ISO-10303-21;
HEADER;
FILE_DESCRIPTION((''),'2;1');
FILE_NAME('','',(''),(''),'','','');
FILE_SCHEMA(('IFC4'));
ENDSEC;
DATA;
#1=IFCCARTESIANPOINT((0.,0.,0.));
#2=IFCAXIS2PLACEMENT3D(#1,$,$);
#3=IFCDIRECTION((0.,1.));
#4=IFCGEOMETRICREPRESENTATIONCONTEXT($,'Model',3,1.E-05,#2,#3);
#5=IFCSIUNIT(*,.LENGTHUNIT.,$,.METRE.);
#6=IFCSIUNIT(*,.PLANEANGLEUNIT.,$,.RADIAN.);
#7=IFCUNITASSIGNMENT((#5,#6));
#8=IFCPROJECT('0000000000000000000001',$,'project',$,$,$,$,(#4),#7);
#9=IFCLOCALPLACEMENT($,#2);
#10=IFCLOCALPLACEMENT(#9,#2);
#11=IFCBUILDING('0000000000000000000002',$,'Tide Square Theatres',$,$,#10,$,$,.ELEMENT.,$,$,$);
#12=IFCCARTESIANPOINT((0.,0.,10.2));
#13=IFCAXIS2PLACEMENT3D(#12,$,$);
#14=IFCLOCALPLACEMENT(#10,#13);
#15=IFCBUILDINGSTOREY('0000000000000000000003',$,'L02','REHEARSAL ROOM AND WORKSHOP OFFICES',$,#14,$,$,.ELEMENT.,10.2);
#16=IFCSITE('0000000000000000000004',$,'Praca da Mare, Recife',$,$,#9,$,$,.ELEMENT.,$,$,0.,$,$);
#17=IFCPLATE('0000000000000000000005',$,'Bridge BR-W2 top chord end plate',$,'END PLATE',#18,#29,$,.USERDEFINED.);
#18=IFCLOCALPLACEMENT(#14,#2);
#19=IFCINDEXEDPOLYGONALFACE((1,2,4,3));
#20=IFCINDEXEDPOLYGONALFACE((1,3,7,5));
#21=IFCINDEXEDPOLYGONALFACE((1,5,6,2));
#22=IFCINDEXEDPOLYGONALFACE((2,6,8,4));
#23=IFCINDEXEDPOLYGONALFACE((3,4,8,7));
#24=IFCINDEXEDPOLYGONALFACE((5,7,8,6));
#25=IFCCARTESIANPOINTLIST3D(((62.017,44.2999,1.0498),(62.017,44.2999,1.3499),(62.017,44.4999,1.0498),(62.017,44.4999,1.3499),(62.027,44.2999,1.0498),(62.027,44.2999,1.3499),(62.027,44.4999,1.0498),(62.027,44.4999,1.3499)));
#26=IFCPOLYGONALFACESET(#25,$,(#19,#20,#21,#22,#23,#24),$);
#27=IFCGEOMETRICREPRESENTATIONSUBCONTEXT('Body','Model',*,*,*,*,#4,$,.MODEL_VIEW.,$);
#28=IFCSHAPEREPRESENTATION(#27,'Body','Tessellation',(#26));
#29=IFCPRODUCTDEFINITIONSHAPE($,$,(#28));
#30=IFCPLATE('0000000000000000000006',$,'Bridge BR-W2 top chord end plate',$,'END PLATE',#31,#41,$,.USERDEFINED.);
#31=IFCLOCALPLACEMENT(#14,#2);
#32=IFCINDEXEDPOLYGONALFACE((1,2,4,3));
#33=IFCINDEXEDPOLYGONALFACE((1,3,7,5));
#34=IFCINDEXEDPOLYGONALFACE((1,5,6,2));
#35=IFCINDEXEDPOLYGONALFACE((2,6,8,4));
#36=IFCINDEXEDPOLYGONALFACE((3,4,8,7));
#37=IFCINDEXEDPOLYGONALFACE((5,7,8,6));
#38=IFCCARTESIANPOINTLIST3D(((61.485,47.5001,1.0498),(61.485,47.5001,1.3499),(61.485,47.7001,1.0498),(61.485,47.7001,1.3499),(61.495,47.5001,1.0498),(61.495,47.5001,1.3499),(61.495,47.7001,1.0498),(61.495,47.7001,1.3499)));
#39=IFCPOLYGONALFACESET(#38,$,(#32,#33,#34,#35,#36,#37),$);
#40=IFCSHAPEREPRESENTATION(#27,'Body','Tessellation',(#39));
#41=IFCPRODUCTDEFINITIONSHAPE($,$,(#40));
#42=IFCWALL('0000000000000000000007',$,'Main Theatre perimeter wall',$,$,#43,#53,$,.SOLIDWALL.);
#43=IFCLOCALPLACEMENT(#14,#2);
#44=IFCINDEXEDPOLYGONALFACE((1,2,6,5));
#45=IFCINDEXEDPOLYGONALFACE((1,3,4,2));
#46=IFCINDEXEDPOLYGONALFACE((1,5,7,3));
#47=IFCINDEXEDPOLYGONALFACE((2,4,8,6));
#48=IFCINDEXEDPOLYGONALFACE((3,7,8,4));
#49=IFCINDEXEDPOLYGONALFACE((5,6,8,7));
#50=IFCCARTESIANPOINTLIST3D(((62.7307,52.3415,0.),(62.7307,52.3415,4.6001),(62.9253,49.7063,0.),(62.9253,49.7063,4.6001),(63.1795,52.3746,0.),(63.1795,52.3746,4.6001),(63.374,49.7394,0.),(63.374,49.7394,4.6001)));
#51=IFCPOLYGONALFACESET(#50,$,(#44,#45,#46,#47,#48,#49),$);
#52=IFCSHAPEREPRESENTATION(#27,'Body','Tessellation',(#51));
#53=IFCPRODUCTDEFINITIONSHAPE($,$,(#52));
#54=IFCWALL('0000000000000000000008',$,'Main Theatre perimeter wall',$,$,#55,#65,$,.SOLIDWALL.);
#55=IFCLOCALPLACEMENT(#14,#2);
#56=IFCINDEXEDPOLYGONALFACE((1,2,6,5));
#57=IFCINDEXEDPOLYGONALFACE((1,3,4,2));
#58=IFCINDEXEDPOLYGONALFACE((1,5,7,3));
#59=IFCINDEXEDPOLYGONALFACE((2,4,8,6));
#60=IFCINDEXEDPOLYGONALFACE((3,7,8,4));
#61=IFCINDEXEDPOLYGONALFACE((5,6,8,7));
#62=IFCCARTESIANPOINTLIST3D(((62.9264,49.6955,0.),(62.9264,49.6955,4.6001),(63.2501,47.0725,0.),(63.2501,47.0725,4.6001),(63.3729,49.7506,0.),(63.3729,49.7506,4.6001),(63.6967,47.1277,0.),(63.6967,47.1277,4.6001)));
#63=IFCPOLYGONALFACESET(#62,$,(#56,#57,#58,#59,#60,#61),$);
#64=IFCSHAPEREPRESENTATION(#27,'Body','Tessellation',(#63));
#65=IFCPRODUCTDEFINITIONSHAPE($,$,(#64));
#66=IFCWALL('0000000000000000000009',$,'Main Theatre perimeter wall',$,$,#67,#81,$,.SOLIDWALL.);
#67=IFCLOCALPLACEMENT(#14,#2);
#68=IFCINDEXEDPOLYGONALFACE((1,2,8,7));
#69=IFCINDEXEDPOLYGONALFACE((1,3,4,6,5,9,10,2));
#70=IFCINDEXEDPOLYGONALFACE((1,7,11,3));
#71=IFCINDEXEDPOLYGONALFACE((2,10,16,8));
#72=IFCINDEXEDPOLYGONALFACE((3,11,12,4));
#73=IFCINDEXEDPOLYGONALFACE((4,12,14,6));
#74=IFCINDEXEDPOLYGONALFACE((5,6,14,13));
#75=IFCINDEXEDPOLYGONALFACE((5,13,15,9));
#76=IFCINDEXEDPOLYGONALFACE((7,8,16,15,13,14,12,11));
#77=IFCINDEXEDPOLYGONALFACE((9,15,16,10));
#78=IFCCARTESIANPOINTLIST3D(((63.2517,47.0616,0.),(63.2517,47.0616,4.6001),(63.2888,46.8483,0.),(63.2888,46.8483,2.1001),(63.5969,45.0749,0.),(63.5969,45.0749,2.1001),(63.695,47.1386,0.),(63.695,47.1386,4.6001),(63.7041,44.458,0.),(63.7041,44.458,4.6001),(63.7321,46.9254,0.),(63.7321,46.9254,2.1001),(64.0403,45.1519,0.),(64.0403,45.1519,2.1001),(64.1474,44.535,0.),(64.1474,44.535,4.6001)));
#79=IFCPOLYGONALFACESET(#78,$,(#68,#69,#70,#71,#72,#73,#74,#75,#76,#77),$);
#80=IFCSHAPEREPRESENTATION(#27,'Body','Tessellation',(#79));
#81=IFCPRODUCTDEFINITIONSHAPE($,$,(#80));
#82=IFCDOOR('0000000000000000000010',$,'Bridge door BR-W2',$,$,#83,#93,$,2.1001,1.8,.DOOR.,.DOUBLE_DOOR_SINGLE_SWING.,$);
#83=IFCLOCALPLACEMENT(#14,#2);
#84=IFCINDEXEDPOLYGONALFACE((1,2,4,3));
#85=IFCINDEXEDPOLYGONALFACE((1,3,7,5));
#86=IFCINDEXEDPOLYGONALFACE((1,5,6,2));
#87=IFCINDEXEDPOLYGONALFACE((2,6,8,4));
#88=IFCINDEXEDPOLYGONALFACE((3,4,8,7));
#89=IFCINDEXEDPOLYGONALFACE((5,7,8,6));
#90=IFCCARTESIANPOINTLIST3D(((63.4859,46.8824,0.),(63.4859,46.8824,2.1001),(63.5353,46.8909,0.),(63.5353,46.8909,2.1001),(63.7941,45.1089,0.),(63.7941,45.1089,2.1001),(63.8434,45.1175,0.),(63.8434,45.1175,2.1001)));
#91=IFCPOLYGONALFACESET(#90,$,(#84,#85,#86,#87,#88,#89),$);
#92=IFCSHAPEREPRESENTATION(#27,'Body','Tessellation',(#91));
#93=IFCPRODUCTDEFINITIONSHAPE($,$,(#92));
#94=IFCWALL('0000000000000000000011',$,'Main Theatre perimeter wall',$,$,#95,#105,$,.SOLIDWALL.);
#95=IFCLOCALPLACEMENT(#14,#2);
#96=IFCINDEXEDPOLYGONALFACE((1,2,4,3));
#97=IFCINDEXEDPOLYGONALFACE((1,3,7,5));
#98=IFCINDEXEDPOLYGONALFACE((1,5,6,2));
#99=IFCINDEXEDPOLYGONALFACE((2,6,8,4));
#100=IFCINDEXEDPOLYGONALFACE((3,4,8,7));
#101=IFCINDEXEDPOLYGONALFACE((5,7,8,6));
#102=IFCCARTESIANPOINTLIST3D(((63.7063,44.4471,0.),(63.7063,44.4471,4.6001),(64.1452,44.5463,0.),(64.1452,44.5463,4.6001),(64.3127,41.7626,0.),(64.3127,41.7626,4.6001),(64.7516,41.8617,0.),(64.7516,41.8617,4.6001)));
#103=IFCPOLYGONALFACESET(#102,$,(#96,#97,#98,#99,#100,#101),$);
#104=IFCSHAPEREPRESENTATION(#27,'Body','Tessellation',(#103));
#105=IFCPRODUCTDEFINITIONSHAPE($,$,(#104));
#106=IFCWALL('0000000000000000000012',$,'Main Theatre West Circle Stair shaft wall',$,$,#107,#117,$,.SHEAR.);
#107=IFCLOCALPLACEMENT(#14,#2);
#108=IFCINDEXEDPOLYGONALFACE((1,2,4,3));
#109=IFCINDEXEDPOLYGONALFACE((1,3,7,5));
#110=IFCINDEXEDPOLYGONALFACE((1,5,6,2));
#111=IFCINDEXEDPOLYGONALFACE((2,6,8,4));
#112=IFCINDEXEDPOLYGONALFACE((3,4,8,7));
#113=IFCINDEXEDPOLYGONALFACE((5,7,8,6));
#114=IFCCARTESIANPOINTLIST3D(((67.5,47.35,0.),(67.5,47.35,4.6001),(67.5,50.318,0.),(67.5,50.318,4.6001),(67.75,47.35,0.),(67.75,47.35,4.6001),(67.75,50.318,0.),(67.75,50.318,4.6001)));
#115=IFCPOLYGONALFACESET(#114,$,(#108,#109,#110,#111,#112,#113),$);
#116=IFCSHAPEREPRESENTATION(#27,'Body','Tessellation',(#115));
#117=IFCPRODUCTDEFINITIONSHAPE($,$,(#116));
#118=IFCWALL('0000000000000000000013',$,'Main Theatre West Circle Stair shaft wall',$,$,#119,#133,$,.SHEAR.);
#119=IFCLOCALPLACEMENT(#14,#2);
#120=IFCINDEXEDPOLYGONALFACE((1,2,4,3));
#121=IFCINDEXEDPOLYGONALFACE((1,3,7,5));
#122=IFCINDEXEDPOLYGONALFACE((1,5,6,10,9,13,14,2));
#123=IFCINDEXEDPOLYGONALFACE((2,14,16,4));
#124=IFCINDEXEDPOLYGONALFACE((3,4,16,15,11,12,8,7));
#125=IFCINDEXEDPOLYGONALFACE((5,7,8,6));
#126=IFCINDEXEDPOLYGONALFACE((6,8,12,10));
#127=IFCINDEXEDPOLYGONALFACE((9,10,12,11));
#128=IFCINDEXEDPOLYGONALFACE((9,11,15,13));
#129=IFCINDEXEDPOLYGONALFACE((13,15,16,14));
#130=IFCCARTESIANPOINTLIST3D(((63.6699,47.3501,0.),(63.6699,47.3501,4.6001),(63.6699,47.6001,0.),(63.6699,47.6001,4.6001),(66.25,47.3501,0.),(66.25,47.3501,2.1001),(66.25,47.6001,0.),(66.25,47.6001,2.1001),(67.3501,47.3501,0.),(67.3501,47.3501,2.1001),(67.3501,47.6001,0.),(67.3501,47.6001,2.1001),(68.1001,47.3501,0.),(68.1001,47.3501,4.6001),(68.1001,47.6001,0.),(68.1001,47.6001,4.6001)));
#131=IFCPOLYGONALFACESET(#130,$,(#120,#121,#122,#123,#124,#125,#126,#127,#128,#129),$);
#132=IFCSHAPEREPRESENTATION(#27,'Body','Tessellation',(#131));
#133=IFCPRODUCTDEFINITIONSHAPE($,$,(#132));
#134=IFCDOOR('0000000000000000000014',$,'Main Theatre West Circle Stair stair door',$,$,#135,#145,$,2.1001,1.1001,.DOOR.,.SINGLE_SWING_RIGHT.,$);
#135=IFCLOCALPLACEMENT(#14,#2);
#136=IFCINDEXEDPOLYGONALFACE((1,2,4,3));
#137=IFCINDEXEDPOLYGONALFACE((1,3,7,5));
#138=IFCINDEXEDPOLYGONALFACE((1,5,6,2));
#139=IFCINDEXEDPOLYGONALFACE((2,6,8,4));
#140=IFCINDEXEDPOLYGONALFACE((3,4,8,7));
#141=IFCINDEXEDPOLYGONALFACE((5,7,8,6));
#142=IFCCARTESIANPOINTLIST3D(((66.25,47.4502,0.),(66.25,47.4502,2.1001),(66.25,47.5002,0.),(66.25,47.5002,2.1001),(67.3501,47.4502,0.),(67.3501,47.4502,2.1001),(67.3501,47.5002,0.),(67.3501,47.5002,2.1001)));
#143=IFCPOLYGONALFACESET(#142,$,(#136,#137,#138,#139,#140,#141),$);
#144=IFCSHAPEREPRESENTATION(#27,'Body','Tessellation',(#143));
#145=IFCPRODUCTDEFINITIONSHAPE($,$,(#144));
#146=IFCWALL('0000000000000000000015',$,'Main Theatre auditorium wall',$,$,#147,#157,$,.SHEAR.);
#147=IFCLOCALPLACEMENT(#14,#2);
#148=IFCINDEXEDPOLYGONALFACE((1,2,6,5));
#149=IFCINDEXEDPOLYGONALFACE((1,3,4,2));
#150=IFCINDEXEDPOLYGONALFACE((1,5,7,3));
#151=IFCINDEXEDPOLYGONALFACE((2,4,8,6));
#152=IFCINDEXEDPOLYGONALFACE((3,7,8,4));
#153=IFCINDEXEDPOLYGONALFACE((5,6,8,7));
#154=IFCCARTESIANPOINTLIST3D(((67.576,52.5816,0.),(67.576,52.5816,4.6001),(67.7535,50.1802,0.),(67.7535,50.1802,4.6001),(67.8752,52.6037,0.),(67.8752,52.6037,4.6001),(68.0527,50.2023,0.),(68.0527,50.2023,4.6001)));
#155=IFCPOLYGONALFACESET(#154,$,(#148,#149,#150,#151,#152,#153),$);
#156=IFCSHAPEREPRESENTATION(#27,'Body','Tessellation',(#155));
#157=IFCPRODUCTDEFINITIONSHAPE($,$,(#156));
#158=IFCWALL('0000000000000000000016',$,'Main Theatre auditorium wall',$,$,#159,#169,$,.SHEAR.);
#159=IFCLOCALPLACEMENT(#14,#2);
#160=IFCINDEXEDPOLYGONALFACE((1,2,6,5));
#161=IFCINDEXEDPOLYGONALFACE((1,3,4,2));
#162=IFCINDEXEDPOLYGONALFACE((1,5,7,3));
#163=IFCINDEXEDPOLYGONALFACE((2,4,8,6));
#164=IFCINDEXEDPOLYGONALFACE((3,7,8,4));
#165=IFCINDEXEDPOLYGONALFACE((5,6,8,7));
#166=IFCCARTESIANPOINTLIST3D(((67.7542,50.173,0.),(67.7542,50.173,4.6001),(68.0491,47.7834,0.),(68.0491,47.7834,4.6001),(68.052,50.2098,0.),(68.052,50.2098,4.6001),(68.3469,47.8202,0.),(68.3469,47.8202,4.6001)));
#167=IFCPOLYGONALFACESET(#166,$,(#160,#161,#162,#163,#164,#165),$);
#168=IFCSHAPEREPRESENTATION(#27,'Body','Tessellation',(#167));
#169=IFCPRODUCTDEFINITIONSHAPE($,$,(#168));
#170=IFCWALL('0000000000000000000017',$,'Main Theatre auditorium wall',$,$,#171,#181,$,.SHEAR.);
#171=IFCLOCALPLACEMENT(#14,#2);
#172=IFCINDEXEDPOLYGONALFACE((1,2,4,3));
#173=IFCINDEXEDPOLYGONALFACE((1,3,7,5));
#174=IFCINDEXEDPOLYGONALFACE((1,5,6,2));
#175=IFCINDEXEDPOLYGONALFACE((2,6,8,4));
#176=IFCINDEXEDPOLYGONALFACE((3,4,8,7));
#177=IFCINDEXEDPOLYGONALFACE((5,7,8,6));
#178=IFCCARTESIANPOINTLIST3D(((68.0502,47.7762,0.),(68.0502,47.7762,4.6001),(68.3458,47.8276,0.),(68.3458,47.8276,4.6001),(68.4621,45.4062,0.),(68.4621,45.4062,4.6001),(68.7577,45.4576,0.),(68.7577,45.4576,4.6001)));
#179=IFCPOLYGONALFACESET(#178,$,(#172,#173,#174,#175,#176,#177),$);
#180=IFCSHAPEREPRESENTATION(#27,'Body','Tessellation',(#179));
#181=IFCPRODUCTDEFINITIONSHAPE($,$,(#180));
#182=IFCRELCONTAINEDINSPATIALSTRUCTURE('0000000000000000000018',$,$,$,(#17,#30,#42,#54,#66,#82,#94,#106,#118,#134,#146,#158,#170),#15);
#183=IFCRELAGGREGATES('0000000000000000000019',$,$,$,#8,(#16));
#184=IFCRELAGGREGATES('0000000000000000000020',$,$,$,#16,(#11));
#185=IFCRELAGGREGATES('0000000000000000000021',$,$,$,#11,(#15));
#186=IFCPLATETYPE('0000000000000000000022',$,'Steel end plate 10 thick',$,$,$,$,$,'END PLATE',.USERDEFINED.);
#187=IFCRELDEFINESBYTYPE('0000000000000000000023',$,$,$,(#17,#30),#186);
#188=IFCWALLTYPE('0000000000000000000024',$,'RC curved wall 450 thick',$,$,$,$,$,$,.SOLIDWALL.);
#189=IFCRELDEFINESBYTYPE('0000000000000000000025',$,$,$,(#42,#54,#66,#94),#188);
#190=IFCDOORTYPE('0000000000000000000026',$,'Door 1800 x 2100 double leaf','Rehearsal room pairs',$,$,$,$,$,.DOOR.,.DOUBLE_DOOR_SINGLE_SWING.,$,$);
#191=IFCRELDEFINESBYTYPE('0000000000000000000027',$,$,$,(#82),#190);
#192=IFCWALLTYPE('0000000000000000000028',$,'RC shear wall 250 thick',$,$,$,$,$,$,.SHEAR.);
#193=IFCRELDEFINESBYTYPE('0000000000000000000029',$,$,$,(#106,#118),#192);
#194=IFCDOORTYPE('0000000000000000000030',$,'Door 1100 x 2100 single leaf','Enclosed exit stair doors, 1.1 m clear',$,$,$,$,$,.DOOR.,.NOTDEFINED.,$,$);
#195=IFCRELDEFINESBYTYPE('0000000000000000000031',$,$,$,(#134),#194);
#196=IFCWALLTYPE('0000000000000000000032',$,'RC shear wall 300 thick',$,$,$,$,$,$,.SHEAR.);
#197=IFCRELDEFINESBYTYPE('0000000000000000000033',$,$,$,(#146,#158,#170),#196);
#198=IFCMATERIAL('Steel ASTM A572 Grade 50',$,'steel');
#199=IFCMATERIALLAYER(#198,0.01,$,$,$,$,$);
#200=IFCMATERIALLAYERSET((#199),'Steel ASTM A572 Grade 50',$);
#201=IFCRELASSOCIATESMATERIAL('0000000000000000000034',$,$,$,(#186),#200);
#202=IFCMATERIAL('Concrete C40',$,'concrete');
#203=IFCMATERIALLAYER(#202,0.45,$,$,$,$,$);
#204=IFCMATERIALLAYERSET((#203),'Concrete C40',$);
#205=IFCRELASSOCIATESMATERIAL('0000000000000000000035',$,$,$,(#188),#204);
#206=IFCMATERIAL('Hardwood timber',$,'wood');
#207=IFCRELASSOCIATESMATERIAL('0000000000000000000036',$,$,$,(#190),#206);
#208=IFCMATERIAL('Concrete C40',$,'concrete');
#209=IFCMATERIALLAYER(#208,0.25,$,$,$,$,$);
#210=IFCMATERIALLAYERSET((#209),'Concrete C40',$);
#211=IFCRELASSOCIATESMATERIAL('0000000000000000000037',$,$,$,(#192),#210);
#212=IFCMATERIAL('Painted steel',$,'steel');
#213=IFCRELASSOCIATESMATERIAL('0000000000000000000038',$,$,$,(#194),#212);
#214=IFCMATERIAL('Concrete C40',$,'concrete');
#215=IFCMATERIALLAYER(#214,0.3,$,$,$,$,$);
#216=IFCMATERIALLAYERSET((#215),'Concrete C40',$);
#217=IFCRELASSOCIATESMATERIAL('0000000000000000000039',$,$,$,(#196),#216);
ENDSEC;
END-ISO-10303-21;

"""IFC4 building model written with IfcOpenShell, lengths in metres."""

from ifc_helpers import new_model, si_unit, direction, frame, frame_2d, origin, origin_2d, place, context, subcontext, project, spatial, rectangle, extrude, material, layer, layer_set, type_object, element, fill, save


model = new_model("IFC4")

# Units and contexts
model_context = context("Model", 3, precision=1e-05, world=origin(), true_north=direction((0.0, 1.0)))
body_context = subcontext(model_context, "Body", "Model", "MODEL_VIEW")
ifc_project = project(units=[si_unit("LENGTHUNIT", "METRE"), si_unit("PLANEANGLEUNIT", "RADIAN")], contexts=[model_context])

# Site, building, storey
site_placement = place(None, origin())
site = spatial("IfcSite", under=ifc_project, at=site_placement, Name="Praca da Mare, Recife", CompositionType="ELEMENT", RefElevation=0.0)
building_placement = place(site_placement, origin())
building = spatial("IfcBuilding", under=site, at=building_placement, Name="Tide Square Theatres", CompositionType="ELEMENT")
storey_placement = place(building_placement, frame((0.0, 0.0, 10.2)))
storey = spatial("IfcBuildingStorey", under=building, at=storey_placement, Name="L02", Description="REHEARSAL ROOM AND WORKSHOP OFFICES", CompositionType="ELEMENT", Elevation=10.2)

# Plates
ifc_material_1 = material(Name="Steel ASTM A572 Grade 50", Category="steel")
ifc_layer_1 = layer(ifc_material_1, 0.01)
ifc_layer_set_1 = layer_set([ifc_layer_1], Name="Steel ASTM A572 Grade 50")
plate_type = type_object("IfcPlateType", Name="Steel end plate 10 thick", ElementType="END PLATE", PredefinedType="USERDEFINED", material=ifc_layer_set_1)
for number, where, z_axis, x_axis, name in (
    (1, (62.022, 44.3999, 1.0498), (0.0, 0.0, 1.0), (1.0, 0.0, 0.0), "Bridge BR-W2 top chord end plate"),
    (2, (61.49, 47.6001, 1.0498), (0.0, 0.0, 1.0), (1.0, 0.0, 0.0), "Bridge BR-W2 top chord end plate"),
):
    element("IfcPlate", number, at=place(storey_placement, frame(where, z_axis=z_axis, x_axis=x_axis)), inside=storey, type_object=plate_type, Name=name, ObjectType="END PLATE", PredefinedType="USERDEFINED", context=body_context, shape_type="SweptSolid", body=[
        extrude(rectangle(XDim=0.01, YDim=0.2, at=origin_2d()), origin(), (0.0, 0.0, 1.0), 0.3),
    ])

# Walls
ifc_material_2 = material(Name="Concrete C40", Category="concrete")
ifc_layer_2 = layer(ifc_material_2, 0.45)
ifc_layer_set_2 = layer_set([ifc_layer_2], Name="Concrete C40")
wall_type_1 = type_object("IfcWallType", Name="RC curved wall 450 thick", PredefinedType="SOLIDWALL", material=ifc_layer_set_2)
wall_1_placement = place(storey_placement, frame((62.9551, 52.3582, 0.0), z_axis=(0.0, 0.0, 1.0), x_axis=(0.073637, -0.997285, 0.0)))
element("IfcWall", 3, at=wall_1_placement, inside=storey, type_object=wall_type_1, Name="Main Theatre perimeter wall", PredefinedType="SOLIDWALL", context=body_context, shape_type="SweptSolid", body=[
    extrude(rectangle(XDim=2.6423, YDim=0.45, at=frame_2d((1.3213, 0.0))), origin(), (0.0, 0.0, 1.0), 4.6001),
])
wall_2_placement = place(storey_placement, frame((63.1497, 49.7229, 0.0), z_axis=(0.0, 0.0, 1.0), x_axis=(0.1225, -0.992469, 0.0)))
element("IfcWall", 4, at=wall_2_placement, inside=storey, type_object=wall_type_1, Name="Main Theatre perimeter wall", PredefinedType="SOLIDWALL", context=body_context, shape_type="SweptSolid", body=[
    extrude(rectangle(XDim=2.6428, YDim=0.45, at=frame_2d((1.3213, 0.0))), origin(), (0.0, 0.0, 1.0), 4.6001),
])

# Wall, opening, door
wall_3_placement = place(storey_placement, frame((63.4734, 47.1001, 0.0), z_axis=(0.0, 0.0, 1.0), x_axis=(0.171197, -0.985237, 0.0)))
wall_3 = element("IfcWall", 5, at=wall_3_placement, inside=storey, type_object=wall_type_1, Name="Main Theatre perimeter wall", PredefinedType="SOLIDWALL", context=body_context, shape_type="SweptSolid", body=[
    extrude(rectangle(XDim=2.6426, YDim=0.45, at=frame_2d((1.3213, 0.0))), origin(), (0.0, 0.0, 1.0), 4.6001),
])
opening_1_placement = place(wall_3_placement, frame((0.2166, 0.0, 0.0)))
opening_1 = element("IfcOpeningElement", 6, at=opening_1_placement, cuts=wall_3, PredefinedType="OPENING", context=body_context, shape_type="SweptSolid", body=[
    extrude(rectangle(XDim=1.8, YDim=2.1001, at=frame_2d((0.8999, 1.05))), frame((0.0, 0.2349, 0.0), z_axis=(0.0, -1.0, 0.0), x_axis=(1.0, 0.0, 0.0)), (0.0, 0.0, 1.0), 0.47),
])
ifc_material_3 = material(Name="Hardwood timber", Category="wood")
door_type_1 = type_object("IfcDoorType", Name="Door 1800 x 2100 double leaf", Description="Rehearsal room pairs", OperationType="DOUBLE_DOOR_SINGLE_SWING", PredefinedType="DOOR", material=ifc_material_3)
door_1_placement = place(opening_1_placement, frame((1.8, 0.0, 0.0), z_axis=(0.0, 0.0, 1.0), x_axis=(-1.0, 0.0, 0.0)))
door_1 = element("IfcDoor", 7, at=door_1_placement, inside=storey, type_object=door_type_1, Name="Bridge door BR-W2", OperationType="DOUBLE_DOOR_SINGLE_SWING", OverallHeight=2.1001, OverallWidth=1.8, PredefinedType="DOOR", context=body_context, shape_type="SweptSolid", body=[
    extrude(rectangle(XDim=1.8, YDim=2.1001, at=frame_2d((0.8999, 1.05))), frame((0.0, 0.0249, 0.0), z_axis=(0.0, -1.0, 0.0), x_axis=(1.0, 0.0, 0.0)), (0.0, 0.0, 1.0), 0.05),
])
fill(opening_1, door_1)

# Walls
wall_4_placement = place(storey_placement, frame((63.9258, 44.4966, 0.0), z_axis=(0.0, 0.0, 1.0), x_axis=(0.220348, -0.975421, 0.0)))
element("IfcWall", 8, at=wall_4_placement, inside=storey, type_object=wall_type_1, Name="Main Theatre perimeter wall", PredefinedType="SOLIDWALL", context=body_context, shape_type="SweptSolid", body=[
    extrude(rectangle(XDim=2.7522, YDim=0.45, at=frame_2d((1.376, 0.0))), origin(), (0.0, 0.0, 1.0), 4.6001),
])
ifc_material_4 = material(Name="Concrete C40", Category="concrete")
ifc_layer_3 = layer(ifc_material_4, 0.25)
ifc_layer_set_3 = layer_set([ifc_layer_3], Name="Concrete C40")
wall_type_2 = type_object("IfcWallType", Name="RC shear wall 250 thick", PredefinedType="SHEAR", material=ifc_layer_set_3)
wall_5_placement = place(storey_placement, frame((67.625, 47.3501, 0.0), z_axis=(0.0, 0.0, 1.0), x_axis=(0.0, 1.0, 0.0)))
element("IfcWall", 9, at=wall_5_placement, inside=storey, type_object=wall_type_2, Name="Main Theatre West Circle Stair shaft wall", PredefinedType="SHEAR", context=body_context, shape_type="SweptSolid", body=[
    extrude(rectangle(XDim=2.968, YDim=0.25, at=frame_2d((1.4839, 0.0))), origin(), (0.0, 0.0, 1.0), 4.6001),
])

# Wall, opening, door
wall_6_placement = place(storey_placement, frame((68.1001, 47.4751, 0.0), z_axis=(0.0, 0.0, 1.0), x_axis=(-1.0, 0.0, 0.0)))
wall_6 = element("IfcWall", 10, at=wall_6_placement, inside=storey, type_object=wall_type_2, Name="Main Theatre West Circle Stair shaft wall", PredefinedType="SHEAR", context=body_context, shape_type="SweptSolid", body=[
    extrude(rectangle(XDim=4.4302, YDim=0.25, at=frame_2d((2.2151, 0.0))), origin(), (0.0, 0.0, 1.0), 4.6001),
])
opening_2_placement = place(wall_6_placement, frame((0.75, 0.0, 0.0)))
opening_2 = element("IfcOpeningElement", 11, at=opening_2_placement, cuts=wall_6, PredefinedType="OPENING", context=body_context, shape_type="SweptSolid", body=[
    extrude(rectangle(XDim=1.1001, YDim=2.1001, at=frame_2d((0.55, 1.05))), frame((0.0, 0.135, 0.0), z_axis=(0.0, -1.0, 0.0), x_axis=(1.0, 0.0, 0.0)), (0.0, 0.0, 1.0), 0.27),
])
ifc_material_5 = material(Name="Painted steel", Category="steel")
door_type_2 = type_object("IfcDoorType", Name="Door 1100 x 2100 single leaf", Description="Enclosed exit stair doors, 1.1 m clear", OperationType="NOTDEFINED", PredefinedType="DOOR", material=ifc_material_5)
door_2_placement = place(opening_2_placement, origin())
door_2 = element("IfcDoor", 12, at=door_2_placement, inside=storey, type_object=door_type_2, Name="Main Theatre West Circle Stair stair door", OperationType="SINGLE_SWING_RIGHT", OverallHeight=2.1001, OverallWidth=1.1001, PredefinedType="DOOR", context=body_context, shape_type="SweptSolid", body=[
    extrude(rectangle(XDim=1.1001, YDim=2.1001, at=frame_2d((0.55, 1.05))), frame((0.0, 0.0249, 0.0), z_axis=(0.0, -1.0, 0.0), x_axis=(1.0, 0.0, 0.0)), (0.0, 0.0, 1.0), 0.05),
])
fill(opening_2, door_2)

# Walls
ifc_material_6 = material(Name="Concrete C40", Category="concrete")
ifc_layer_4 = layer(ifc_material_6, 0.3)
ifc_layer_set_4 = layer_set([ifc_layer_4], Name="Concrete C40")
wall_type_3 = type_object("IfcWallType", Name="RC shear wall 300 thick", PredefinedType="SHEAR", material=ifc_layer_set_4)
wall_7_placement = place(storey_placement, frame((67.7256, 52.5928, 0.0), z_axis=(0.0, 0.0, 1.0), x_axis=(0.073711, -0.99728, 0.0)))
element("IfcWall", 13, at=wall_7_placement, inside=storey, type_object=wall_type_3, Name="Main Theatre auditorium wall", PredefinedType="SHEAR", context=body_context, shape_type="SweptSolid", body=[
    extrude(rectangle(XDim=2.408, YDim=0.3, at=frame_2d((1.2041, 0.0))), origin(), (0.0, 0.0, 1.0), 4.6001),
])
wall_8_placement = place(storey_placement, frame((67.9031, 50.1914, 0.0), z_axis=(0.0, 0.0, 1.0), x_axis=(0.122487, -0.99247, 0.0)))
element("IfcWall", 14, at=wall_8_placement, inside=storey, type_object=wall_type_3, Name="Main Theatre auditorium wall", PredefinedType="SHEAR", context=body_context, shape_type="SweptSolid", body=[
    extrude(rectangle(XDim=2.4077, YDim=0.3, at=frame_2d((1.2039, 0.0))), origin(), (0.0, 0.0, 1.0), 4.6001),
])
wall_9_placement = place(storey_placement, frame((68.198, 47.8018, 0.0), z_axis=(0.0, 0.0, 1.0), x_axis=(0.171226, -0.985232, 0.0)))
element("IfcWall", 15, at=wall_9_placement, inside=storey, type_object=wall_type_3, Name="Main Theatre auditorium wall", PredefinedType="SHEAR", context=body_context, shape_type="SweptSolid", body=[
    extrude(rectangle(XDim=2.4055, YDim=0.3, at=frame_2d((1.2026, 0.0))), origin(), (0.0, 0.0, 1.0), 4.6001),
])

save(model, "model.ifc")
